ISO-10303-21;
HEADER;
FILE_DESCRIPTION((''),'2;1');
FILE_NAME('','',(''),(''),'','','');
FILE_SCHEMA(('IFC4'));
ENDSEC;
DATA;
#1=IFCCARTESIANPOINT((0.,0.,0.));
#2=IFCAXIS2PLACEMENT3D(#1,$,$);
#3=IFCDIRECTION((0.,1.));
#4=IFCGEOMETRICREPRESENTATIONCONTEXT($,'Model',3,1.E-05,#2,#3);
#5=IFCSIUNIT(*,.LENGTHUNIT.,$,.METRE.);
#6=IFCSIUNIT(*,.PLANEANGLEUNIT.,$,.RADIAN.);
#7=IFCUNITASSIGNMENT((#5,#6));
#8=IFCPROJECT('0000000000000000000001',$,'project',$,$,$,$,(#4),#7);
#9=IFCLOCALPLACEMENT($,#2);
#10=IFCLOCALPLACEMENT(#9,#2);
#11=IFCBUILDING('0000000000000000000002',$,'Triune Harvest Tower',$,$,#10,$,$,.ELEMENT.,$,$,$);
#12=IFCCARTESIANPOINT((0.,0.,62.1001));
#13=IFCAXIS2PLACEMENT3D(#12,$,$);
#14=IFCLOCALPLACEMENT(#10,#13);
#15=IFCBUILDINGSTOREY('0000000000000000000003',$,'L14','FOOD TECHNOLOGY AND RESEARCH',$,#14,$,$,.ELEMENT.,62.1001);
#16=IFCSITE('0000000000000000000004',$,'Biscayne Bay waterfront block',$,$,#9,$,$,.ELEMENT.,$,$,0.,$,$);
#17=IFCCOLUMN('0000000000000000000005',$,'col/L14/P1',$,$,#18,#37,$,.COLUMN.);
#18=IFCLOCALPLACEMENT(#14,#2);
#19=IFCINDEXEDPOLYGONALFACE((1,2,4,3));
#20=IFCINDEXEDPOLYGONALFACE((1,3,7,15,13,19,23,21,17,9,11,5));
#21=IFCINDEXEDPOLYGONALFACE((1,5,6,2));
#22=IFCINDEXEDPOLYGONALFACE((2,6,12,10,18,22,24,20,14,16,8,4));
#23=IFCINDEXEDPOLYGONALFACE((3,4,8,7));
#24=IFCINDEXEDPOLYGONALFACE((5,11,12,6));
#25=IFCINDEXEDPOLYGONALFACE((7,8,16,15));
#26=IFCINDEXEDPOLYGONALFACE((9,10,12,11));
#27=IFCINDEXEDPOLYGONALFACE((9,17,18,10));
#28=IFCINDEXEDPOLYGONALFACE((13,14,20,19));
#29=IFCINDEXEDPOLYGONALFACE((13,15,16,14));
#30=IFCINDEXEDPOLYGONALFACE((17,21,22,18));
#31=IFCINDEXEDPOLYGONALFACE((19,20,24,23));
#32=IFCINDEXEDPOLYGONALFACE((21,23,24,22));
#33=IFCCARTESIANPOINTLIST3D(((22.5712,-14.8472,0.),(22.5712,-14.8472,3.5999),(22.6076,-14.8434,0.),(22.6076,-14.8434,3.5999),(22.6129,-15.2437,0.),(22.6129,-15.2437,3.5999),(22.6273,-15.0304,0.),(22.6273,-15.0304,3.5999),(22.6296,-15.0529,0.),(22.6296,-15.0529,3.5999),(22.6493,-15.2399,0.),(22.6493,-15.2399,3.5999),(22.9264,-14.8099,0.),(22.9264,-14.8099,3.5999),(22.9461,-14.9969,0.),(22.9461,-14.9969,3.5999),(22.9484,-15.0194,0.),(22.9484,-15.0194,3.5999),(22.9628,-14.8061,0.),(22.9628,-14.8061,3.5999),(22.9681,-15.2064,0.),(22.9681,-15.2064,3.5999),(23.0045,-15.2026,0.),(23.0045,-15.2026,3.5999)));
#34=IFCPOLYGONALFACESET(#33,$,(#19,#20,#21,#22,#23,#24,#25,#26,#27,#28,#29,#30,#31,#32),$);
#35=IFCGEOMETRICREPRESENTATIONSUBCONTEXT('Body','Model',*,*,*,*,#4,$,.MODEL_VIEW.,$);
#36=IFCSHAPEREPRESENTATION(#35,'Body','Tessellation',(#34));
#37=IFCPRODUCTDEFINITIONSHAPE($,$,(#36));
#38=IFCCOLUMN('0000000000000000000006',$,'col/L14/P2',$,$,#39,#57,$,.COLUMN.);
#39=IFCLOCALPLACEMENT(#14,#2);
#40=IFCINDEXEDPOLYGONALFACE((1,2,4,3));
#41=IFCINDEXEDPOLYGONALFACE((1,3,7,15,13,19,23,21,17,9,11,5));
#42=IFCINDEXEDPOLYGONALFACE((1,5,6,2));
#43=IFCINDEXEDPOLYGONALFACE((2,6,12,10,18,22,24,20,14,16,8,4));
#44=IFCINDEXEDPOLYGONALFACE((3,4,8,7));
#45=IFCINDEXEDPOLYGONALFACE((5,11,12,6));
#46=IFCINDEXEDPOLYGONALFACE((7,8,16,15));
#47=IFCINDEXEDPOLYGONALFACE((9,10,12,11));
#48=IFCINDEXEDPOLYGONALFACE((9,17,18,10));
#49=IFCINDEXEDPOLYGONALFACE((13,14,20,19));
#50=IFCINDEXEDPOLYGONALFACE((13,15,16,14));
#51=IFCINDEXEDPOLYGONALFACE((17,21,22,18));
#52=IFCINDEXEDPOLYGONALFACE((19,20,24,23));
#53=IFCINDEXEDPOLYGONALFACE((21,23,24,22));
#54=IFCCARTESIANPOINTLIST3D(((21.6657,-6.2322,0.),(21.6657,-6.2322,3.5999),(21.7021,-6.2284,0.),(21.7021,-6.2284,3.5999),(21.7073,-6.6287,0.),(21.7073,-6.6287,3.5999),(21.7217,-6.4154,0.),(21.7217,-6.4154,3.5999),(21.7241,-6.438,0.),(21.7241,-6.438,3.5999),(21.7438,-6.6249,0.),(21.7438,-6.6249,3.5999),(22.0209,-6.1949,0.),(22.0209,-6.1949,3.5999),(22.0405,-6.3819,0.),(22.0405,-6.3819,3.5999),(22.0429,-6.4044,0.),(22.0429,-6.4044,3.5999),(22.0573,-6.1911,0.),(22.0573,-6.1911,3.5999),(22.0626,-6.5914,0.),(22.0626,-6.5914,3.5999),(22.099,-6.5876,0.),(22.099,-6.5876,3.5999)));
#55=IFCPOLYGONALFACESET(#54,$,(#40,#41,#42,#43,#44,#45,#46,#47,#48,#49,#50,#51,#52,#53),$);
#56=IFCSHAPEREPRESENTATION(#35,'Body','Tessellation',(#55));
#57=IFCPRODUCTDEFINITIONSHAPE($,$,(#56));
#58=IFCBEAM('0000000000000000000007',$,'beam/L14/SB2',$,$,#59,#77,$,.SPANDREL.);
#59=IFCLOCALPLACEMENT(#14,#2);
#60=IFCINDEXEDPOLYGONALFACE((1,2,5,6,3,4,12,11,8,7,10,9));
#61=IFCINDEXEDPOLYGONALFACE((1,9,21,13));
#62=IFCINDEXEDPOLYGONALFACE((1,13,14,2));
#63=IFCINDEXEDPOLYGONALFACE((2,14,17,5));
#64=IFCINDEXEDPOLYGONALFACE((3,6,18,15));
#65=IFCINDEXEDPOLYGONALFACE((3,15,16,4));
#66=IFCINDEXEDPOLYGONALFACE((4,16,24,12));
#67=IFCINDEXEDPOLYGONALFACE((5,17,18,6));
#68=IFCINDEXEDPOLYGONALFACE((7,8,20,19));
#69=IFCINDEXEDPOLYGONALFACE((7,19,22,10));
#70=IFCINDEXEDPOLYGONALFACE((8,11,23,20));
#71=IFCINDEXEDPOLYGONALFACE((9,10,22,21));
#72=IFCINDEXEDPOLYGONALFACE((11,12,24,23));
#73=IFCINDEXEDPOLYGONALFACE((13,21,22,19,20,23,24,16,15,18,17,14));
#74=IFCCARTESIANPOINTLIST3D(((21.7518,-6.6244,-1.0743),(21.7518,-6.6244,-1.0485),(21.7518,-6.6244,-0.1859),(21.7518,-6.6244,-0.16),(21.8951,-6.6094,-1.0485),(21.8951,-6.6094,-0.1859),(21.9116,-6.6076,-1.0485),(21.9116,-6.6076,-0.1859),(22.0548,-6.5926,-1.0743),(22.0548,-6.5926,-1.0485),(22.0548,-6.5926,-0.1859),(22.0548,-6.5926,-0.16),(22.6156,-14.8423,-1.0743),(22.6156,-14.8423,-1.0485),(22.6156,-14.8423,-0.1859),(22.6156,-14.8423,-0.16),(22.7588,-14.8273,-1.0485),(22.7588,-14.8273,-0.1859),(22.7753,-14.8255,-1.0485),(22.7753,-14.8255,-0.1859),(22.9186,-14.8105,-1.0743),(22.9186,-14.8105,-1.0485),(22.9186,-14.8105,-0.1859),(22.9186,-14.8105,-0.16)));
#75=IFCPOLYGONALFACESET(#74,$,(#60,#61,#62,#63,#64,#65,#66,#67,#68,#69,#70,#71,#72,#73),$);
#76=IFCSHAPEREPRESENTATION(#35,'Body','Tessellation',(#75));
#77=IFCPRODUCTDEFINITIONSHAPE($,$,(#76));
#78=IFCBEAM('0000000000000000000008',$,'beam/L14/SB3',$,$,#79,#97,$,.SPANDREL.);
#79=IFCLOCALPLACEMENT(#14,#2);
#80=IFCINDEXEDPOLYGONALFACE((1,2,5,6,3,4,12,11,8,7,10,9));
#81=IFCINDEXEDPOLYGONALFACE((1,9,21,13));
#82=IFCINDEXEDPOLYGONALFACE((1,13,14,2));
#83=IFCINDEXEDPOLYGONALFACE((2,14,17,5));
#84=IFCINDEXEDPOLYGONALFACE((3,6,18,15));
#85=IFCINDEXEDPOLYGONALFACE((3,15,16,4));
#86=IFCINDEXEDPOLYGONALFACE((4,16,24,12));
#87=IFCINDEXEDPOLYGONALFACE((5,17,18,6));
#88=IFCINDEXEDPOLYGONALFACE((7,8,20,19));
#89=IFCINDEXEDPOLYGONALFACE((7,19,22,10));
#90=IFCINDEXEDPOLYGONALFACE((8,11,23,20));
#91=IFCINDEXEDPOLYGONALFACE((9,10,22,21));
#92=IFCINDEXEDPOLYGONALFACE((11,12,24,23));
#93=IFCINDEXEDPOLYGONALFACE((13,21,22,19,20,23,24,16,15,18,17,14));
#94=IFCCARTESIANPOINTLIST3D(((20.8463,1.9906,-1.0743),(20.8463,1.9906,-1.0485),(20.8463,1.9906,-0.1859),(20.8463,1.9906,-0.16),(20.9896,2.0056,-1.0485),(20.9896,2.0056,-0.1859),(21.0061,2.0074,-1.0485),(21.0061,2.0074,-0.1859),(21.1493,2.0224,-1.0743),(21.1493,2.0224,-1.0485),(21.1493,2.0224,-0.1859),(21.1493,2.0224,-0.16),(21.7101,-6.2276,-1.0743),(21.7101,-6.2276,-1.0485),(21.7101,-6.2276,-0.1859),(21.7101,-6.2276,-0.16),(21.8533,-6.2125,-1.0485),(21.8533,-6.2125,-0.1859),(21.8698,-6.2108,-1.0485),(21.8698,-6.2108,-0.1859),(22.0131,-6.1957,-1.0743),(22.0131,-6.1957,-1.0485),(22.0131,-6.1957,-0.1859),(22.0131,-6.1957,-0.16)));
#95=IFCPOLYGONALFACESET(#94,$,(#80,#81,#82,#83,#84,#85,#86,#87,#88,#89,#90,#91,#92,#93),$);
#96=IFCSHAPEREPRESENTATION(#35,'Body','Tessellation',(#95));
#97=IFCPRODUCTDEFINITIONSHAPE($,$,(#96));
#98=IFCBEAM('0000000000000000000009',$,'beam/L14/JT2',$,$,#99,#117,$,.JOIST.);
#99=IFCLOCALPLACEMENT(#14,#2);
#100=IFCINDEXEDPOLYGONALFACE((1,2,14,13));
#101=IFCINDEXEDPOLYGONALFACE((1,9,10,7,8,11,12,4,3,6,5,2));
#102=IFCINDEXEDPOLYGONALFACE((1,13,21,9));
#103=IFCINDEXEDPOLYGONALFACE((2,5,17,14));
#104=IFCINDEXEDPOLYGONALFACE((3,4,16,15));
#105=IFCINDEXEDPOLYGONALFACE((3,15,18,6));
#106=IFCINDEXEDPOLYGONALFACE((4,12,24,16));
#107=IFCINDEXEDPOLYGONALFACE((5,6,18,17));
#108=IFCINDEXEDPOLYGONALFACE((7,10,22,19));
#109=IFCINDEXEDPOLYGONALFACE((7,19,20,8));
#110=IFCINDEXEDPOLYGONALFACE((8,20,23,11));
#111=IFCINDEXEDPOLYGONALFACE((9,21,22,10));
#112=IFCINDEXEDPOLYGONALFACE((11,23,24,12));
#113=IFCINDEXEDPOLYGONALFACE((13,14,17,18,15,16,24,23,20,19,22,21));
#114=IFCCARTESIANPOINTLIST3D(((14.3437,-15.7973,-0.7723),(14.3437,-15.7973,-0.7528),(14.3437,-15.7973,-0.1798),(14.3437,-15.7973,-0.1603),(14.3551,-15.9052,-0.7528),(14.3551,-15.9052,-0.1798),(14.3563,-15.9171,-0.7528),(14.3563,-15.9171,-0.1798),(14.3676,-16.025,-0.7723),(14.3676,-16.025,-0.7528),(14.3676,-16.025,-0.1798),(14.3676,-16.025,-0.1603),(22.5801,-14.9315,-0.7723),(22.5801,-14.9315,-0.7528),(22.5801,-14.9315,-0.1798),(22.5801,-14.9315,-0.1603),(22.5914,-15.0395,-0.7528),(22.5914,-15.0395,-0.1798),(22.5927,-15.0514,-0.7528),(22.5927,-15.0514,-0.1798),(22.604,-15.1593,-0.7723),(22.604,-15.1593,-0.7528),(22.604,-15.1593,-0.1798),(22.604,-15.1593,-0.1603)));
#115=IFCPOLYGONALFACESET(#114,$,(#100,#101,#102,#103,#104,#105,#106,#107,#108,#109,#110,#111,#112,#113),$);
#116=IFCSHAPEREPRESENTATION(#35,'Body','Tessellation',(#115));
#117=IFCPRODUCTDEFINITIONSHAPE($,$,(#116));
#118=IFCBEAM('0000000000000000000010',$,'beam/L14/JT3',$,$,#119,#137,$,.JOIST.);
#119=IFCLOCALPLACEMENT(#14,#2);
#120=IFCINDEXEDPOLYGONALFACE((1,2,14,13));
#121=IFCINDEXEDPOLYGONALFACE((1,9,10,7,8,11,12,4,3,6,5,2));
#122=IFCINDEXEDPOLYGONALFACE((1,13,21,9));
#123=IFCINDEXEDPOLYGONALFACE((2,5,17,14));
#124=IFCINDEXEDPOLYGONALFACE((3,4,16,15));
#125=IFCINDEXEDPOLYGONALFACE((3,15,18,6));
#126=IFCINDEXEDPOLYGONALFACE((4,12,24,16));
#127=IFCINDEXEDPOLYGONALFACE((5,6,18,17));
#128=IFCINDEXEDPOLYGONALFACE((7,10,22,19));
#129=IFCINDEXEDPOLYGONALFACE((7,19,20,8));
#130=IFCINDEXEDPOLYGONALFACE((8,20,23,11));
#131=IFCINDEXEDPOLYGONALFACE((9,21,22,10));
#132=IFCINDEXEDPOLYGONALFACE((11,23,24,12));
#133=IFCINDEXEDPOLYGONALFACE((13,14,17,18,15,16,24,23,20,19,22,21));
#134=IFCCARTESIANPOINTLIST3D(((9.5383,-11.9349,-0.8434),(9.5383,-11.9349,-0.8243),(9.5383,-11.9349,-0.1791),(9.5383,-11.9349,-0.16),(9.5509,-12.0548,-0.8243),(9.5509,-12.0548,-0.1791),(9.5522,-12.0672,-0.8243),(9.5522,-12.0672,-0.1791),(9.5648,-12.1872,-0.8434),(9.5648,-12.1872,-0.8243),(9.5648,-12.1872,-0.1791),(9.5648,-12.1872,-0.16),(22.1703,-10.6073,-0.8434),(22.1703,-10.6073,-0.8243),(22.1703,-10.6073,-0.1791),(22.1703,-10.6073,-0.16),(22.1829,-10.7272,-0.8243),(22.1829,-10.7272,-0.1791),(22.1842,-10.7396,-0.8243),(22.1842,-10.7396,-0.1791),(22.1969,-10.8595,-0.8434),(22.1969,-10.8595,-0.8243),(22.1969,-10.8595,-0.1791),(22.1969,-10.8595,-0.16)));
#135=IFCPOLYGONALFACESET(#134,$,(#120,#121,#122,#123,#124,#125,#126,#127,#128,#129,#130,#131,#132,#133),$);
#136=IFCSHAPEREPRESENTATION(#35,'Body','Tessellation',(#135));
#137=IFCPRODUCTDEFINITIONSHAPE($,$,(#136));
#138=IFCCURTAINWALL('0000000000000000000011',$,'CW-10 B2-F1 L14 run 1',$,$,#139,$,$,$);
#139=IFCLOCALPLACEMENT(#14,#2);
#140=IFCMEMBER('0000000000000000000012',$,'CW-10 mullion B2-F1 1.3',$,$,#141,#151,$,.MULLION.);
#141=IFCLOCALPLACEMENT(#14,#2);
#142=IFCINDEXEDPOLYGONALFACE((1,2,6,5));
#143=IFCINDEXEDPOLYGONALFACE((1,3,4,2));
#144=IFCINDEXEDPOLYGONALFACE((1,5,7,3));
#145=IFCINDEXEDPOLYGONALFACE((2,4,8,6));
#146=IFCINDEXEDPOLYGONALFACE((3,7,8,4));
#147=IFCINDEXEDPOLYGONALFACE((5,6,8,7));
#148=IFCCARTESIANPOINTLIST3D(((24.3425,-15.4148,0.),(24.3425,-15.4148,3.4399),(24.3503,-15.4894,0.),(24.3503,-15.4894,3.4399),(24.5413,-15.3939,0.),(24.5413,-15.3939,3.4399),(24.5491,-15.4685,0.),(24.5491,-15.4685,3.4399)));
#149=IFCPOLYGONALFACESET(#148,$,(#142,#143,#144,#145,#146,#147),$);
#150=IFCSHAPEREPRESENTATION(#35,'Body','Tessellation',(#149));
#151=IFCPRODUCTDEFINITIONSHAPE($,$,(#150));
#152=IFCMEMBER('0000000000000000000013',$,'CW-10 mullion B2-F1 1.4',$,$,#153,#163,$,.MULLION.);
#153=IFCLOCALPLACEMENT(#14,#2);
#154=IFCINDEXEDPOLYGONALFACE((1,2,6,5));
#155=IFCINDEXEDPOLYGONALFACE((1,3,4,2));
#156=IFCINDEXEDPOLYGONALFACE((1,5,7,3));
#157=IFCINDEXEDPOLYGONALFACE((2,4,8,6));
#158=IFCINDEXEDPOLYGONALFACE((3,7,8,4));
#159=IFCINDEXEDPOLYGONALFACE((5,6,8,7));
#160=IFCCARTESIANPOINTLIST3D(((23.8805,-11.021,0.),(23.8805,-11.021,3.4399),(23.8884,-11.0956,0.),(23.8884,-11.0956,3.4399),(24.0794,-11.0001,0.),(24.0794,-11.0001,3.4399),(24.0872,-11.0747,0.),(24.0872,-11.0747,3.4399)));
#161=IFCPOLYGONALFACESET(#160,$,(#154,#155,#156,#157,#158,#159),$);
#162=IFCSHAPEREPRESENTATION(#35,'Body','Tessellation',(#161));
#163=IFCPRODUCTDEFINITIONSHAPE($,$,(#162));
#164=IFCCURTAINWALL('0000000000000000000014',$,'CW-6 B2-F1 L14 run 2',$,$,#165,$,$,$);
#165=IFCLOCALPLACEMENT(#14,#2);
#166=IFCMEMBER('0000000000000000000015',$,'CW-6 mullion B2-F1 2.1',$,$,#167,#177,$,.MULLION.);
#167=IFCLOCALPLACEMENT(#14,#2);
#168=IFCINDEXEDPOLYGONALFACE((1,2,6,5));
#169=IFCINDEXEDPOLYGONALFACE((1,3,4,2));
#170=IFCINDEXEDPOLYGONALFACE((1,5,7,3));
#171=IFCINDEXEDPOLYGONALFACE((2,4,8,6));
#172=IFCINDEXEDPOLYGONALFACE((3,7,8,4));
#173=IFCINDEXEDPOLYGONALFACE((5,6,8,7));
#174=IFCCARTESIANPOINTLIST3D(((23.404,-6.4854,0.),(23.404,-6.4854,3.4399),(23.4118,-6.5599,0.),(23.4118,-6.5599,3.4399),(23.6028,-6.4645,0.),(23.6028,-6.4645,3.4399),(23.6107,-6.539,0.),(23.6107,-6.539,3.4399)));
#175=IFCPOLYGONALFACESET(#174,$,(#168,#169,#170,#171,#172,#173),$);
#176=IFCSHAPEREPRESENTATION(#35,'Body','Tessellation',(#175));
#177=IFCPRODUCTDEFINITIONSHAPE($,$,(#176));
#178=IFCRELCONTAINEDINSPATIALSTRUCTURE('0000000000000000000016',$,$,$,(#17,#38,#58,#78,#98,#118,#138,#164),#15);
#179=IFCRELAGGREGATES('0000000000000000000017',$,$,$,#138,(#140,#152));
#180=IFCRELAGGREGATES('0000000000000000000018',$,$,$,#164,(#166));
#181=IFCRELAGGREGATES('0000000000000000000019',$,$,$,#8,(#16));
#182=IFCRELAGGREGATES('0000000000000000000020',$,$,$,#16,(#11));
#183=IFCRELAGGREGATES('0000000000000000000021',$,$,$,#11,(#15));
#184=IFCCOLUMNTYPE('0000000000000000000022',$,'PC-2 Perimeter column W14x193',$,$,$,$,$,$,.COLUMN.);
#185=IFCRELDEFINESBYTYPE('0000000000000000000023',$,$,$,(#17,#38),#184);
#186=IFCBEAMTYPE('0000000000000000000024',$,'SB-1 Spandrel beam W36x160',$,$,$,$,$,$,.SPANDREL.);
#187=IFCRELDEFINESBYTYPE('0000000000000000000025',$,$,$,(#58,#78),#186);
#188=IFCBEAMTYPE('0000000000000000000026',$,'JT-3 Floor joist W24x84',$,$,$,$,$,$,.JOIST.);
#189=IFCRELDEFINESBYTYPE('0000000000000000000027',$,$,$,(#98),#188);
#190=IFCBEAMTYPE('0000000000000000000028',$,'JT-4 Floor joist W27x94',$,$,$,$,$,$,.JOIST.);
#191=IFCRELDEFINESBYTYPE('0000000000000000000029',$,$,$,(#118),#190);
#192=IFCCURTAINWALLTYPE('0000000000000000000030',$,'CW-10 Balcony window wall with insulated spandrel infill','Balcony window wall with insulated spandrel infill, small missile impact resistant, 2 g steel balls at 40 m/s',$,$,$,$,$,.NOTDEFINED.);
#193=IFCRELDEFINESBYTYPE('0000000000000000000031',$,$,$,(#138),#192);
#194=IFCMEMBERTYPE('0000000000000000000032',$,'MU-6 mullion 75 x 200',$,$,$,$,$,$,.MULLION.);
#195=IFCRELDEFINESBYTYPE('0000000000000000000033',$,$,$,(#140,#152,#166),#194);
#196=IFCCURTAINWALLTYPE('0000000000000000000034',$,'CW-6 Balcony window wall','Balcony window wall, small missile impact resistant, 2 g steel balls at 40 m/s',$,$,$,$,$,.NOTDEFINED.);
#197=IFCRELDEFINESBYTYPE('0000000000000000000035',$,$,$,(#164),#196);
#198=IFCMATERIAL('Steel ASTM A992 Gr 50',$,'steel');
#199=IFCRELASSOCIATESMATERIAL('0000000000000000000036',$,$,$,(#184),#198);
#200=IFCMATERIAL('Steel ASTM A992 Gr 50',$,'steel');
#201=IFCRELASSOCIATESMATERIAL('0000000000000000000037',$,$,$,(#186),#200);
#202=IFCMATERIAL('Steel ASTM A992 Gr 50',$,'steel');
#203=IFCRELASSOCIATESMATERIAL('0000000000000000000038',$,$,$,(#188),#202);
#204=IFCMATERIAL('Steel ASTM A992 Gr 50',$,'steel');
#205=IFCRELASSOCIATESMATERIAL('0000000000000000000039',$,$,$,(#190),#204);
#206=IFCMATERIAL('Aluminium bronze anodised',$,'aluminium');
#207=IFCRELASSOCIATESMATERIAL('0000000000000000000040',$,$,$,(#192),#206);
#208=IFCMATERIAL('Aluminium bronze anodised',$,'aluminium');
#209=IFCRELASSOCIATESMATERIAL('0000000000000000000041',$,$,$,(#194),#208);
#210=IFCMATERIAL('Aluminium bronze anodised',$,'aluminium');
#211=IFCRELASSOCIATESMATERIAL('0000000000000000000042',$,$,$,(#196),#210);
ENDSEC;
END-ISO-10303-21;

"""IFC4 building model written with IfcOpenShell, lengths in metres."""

from ifc_helpers import new_model, si_unit, direction, frame, origin, origin_2d, place, context, subcontext, project, spatial, rectangle, i_section, extrude, source, transform, mapped, material, material_profile, profile_set, type_object, element, aggregate, save


model = new_model("IFC4")

# Units and contexts
model_context = context("Model", 3, precision=1e-05, world=origin(), true_north=direction((0.0, 1.0)))
body_context = subcontext(model_context, "Body", "Model", "MODEL_VIEW")
ifc_project = project(units=[si_unit("LENGTHUNIT", "METRE"), si_unit("PLANEANGLEUNIT", "RADIAN")], contexts=[model_context])

# Site, building, storey
site_placement = place(None, origin())
site = spatial("IfcSite", under=ifc_project, at=site_placement, Name="Biscayne Bay waterfront block", CompositionType="ELEMENT", RefElevation=0.0)
building_placement = place(site_placement, origin())
building = spatial("IfcBuilding", under=site, at=building_placement, Name="Triune Harvest Tower", CompositionType="ELEMENT")
storey_placement = place(building_placement, frame((0.0, 0.0, 62.1001)))
storey = spatial("IfcBuildingStorey", under=building, at=storey_placement, Name="L14", Description="FOOD TECHNOLOGY AND RESEARCH", CompositionType="ELEMENT", Elevation=62.1001)

# Columns
ifc_material_1 = material(Name="Steel ASTM A992 Gr 50", Category="steel")
ifc_material_profile_1 = material_profile(ifc_material_1, i_section(OverallWidth=0.3987, OverallDepth=0.3938, WebThickness=0.0227, FlangeThickness=0.0366, at=origin_2d()), Name="W14x193")
ifc_profile_set_1 = profile_set([ifc_material_profile_1], Name="Steel ASTM A992 Gr 50")
column_type = type_object("IfcColumnType", Name="PC-2 Perimeter column W14x193", PredefinedType="COLUMN", material=ifc_profile_set_1)
shared_shape_1 = source(origin(), body_context, "Body", "SweptSolid", [
    extrude(i_section(OverallWidth=0.3987, OverallDepth=0.3938, WebThickness=0.0227, FlangeThickness=0.0366, at=origin_2d()), origin(), (0.0, 0.0, 1.0), 3.5999),
])
for number, where, z_axis, x_axis, name in (
    (1, (22.7878, -15.0249, 0.0), (0.0, 0.0, 1.0), (-0.104527, 0.994522, 0.0), "col/L14/P1"),
    (2, (21.8823, -6.4099, 0.0), (0.0, 0.0, 1.0), (-0.104527, 0.994522, 0.0), "col/L14/P2"),
):
    element("IfcColumn", number, at=place(storey_placement, frame(where, z_axis=z_axis, x_axis=x_axis)), inside=storey, type_object=column_type, Name=name, PredefinedType="COLUMN", context=body_context, shape_type="MappedRepresentation", body=[
        mapped(shared_shape_1, transform((0.0, 0.0, 0.0), scale=1.0)),
    ])

# Beams
ifc_material_2 = material(Name="Steel ASTM A992 Gr 50", Category="steel")
ifc_material_profile_2 = material_profile(ifc_material_2, i_section(OverallWidth=0.3047, OverallDepth=0.9143, WebThickness=0.0166, FlangeThickness=0.0259, at=origin_2d()), Name="W36x160")
ifc_profile_set_2 = profile_set([ifc_material_profile_2], Name="Steel ASTM A992 Gr 50")
beam_type_1 = type_object("IfcBeamType", Name="SB-1 Spandrel beam W36x160", PredefinedType="SPANDREL", material=ifc_profile_set_2)
shared_shape_2 = source(origin(), body_context, "Body", "SweptSolid", [
    extrude(i_section(OverallWidth=0.3047, OverallDepth=0.9143, WebThickness=0.0166, FlangeThickness=0.0259, at=origin_2d()), origin(), (0.0, 0.0, 1.0), 8.2632),
])
beam_1_placement = place(storey_placement, frame((22.7671, -14.8264, -0.6172), z_axis=(-0.104531, 0.994522, 0.0), x_axis=(-0.994522, -0.104531, 0.0)))
element("IfcBeam", 3, at=beam_1_placement, inside=storey, type_object=beam_type_1, Name="beam/L14/SB2", PredefinedType="SPANDREL", context=body_context, shape_type="MappedRepresentation", body=[
    mapped(shared_shape_2, transform((0.0, 0.0, 0.0), scale=1.0)),
])
shared_shape_3 = source(origin(), body_context, "Body", "SweptSolid", [
    extrude(i_section(OverallWidth=0.3047, OverallDepth=0.9143, WebThickness=0.0166, FlangeThickness=0.0259, at=origin_2d()), origin(), (0.0, 0.0, 1.0), 8.2634),
])
beam_2_placement = place(storey_placement, frame((21.8616, -6.2117, -0.6172), z_axis=(-0.104528, 0.994522, 0.0), x_axis=(-0.994522, -0.104528, 0.0)))
element("IfcBeam", 4, at=beam_2_placement, inside=storey, type_object=beam_type_1, Name="beam/L14/SB3", PredefinedType="SPANDREL", context=body_context, shape_type="MappedRepresentation", body=[
    mapped(shared_shape_3, transform((0.0, 0.0, 0.0), scale=1.0)),
])
ifc_material_3 = material(Name="Steel ASTM A992 Gr 50", Category="steel")
ifc_material_profile_3 = material_profile(ifc_material_3, i_section(OverallWidth=0.229, OverallDepth=0.6121, WebThickness=0.012, FlangeThickness=0.0195, at=origin_2d()), Name="W24x84")
ifc_profile_set_3 = profile_set([ifc_material_profile_3], Name="Steel ASTM A992 Gr 50")
beam_type_2 = type_object("IfcBeamType", Name="JT-3 Floor joist W24x84", PredefinedType="JOIST", material=ifc_profile_set_3)
shared_shape_4 = source(origin(), body_context, "Body", "SweptSolid", [
    extrude(i_section(OverallWidth=0.229, OverallDepth=0.6121, WebThickness=0.012, FlangeThickness=0.0195, at=origin_2d()), origin(), (0.0, 0.0, 1.0), 8.2817),
])
beam_3_placement = place(storey_placement, frame((22.592, -15.0454, -0.4663), z_axis=(-0.994521, -0.104534, 0.0), x_axis=(0.104534, -0.994521, 0.0)))
element("IfcBeam", 5, at=beam_3_placement, inside=storey, type_object=beam_type_2, Name="beam/L14/JT2", PredefinedType="JOIST", context=body_context, shape_type="MappedRepresentation", body=[
    mapped(shared_shape_4, transform((0.0, 0.0, 0.0), scale=1.0)),
])
ifc_material_4 = material(Name="Steel ASTM A992 Gr 50", Category="steel")
ifc_material_profile_4 = material_profile(ifc_material_4, i_section(OverallWidth=0.2537, OverallDepth=0.6833, WebThickness=0.0125, FlangeThickness=0.019, at=origin_2d()), Name="W27x94")
ifc_profile_set_4 = profile_set([ifc_material_profile_4], Name="Steel ASTM A992 Gr 50")
beam_type_3 = type_object("IfcBeamType", Name="JT-4 Floor joist W27x94", PredefinedType="JOIST", material=ifc_profile_set_4)
shared_shape_5 = source(origin(), body_context, "Body", "SweptSolid", [
    extrude(i_section(OverallWidth=0.2537, OverallDepth=0.6833, WebThickness=0.0125, FlangeThickness=0.019, at=origin_2d()), origin(), (0.0, 0.0, 1.0), 12.7017),
])
beam_4_placement = place(storey_placement, frame((22.1836, -10.7334, -0.5017), z_axis=(-0.994522, -0.104525, 0.0), x_axis=(0.104525, -0.994522, 0.0)))
element("IfcBeam", 6, at=beam_4_placement, inside=storey, type_object=beam_type_3, Name="beam/L14/JT3", PredefinedType="JOIST", context=body_context, shape_type="MappedRepresentation", body=[
    mapped(shared_shape_5, transform((0.0, 0.0, 0.0), scale=1.0)),
])

# Curtain wall, members
ifc_material_5 = material(Name="Aluminium bronze anodised", Category="aluminium")
curtain_wall_type_1 = type_object("IfcCurtainWallType", Name="CW-10 Balcony window wall with insulated spandrel infill", Description="Balcony window wall with insulated spandrel infill, small missile impact resistant, 2 g steel balls at 40 m/s", PredefinedType="NOTDEFINED", material=ifc_material_5)
curtain_wall_1_placement = place(storey_placement, origin())
curtain_wall_1 = element("IfcCurtainWall", 7, at=curtain_wall_1_placement, inside=storey, type_object=curtain_wall_type_1, Name="CW-10 B2-F1 L14 run 1")
ifc_material_6 = material(Name="Aluminium bronze anodised", Category="aluminium")
ifc_material_profile_5 = material_profile(ifc_material_6, rectangle(XDim=0.2, YDim=0.075, at=origin_2d()), Name="MU-6 mullion 75 x 200")
ifc_profile_set_5 = profile_set([ifc_material_profile_5], Name="Aluminium bronze anodised")
member_type_1 = type_object("IfcMemberType", Name="MU-6 mullion 75 x 200", PredefinedType="MULLION", material=ifc_profile_set_5)
shared_shape_6 = source(origin(), body_context, "Body", "SweptSolid", [
    extrude(rectangle(XDim=0.2, YDim=0.075, at=origin_2d()), origin(), (0.0, 0.0, 1.0), 3.4399),
])
member_1_placement = place(storey_placement, frame((24.4458, -15.4417, 0.0), z_axis=(0.0, 0.0, 1.0), x_axis=(-0.994522, -0.104528, 0.0)))
member_1 = element("IfcMember", 8, at=member_1_placement, type_object=member_type_1, Name="CW-10 mullion B2-F1 1.3", PredefinedType="MULLION", context=body_context, shape_type="MappedRepresentation", body=[
    mapped(shared_shape_6, transform((0.0, 0.0, 0.0), scale=1.0)),
])
member_2_placement = place(storey_placement, frame((23.9839, -11.0479, 0.0), z_axis=(0.0, 0.0, 1.0), x_axis=(-0.994522, -0.104528, 0.0)))
member_2 = element("IfcMember", 9, at=member_2_placement, type_object=member_type_1, Name="CW-10 mullion B2-F1 1.4", PredefinedType="MULLION", context=body_context, shape_type="MappedRepresentation", body=[
    mapped(shared_shape_6, transform((0.0, 0.0, 0.0), scale=1.0)),
])

# Curtain wall, member
ifc_material_7 = material(Name="Aluminium bronze anodised", Category="aluminium")
curtain_wall_type_2 = type_object("IfcCurtainWallType", Name="CW-6 Balcony window wall", Description="Balcony window wall, small missile impact resistant, 2 g steel balls at 40 m/s", PredefinedType="NOTDEFINED", material=ifc_material_7)
curtain_wall_2_placement = place(storey_placement, origin())
curtain_wall_2 = element("IfcCurtainWall", 10, at=curtain_wall_2_placement, inside=storey, type_object=curtain_wall_type_2, Name="CW-6 B2-F1 L14 run 2")
member_3_placement = place(storey_placement, frame((23.5073, -6.5122, 0.0), z_axis=(0.0, 0.0, 1.0), x_axis=(-0.994522, -0.104528, 0.0)))
member_3 = element("IfcMember", 11, at=member_3_placement, type_object=member_type_1, Name="CW-6 mullion B2-F1 2.1", PredefinedType="MULLION", context=body_context, shape_type="MappedRepresentation", body=[
    mapped(shared_shape_6, transform((0.0, 0.0, 0.0), scale=1.0)),
])

aggregate(curtain_wall_1, [member_1, member_2])
aggregate(curtain_wall_2, [member_3])

save(model, "model.ifc")
